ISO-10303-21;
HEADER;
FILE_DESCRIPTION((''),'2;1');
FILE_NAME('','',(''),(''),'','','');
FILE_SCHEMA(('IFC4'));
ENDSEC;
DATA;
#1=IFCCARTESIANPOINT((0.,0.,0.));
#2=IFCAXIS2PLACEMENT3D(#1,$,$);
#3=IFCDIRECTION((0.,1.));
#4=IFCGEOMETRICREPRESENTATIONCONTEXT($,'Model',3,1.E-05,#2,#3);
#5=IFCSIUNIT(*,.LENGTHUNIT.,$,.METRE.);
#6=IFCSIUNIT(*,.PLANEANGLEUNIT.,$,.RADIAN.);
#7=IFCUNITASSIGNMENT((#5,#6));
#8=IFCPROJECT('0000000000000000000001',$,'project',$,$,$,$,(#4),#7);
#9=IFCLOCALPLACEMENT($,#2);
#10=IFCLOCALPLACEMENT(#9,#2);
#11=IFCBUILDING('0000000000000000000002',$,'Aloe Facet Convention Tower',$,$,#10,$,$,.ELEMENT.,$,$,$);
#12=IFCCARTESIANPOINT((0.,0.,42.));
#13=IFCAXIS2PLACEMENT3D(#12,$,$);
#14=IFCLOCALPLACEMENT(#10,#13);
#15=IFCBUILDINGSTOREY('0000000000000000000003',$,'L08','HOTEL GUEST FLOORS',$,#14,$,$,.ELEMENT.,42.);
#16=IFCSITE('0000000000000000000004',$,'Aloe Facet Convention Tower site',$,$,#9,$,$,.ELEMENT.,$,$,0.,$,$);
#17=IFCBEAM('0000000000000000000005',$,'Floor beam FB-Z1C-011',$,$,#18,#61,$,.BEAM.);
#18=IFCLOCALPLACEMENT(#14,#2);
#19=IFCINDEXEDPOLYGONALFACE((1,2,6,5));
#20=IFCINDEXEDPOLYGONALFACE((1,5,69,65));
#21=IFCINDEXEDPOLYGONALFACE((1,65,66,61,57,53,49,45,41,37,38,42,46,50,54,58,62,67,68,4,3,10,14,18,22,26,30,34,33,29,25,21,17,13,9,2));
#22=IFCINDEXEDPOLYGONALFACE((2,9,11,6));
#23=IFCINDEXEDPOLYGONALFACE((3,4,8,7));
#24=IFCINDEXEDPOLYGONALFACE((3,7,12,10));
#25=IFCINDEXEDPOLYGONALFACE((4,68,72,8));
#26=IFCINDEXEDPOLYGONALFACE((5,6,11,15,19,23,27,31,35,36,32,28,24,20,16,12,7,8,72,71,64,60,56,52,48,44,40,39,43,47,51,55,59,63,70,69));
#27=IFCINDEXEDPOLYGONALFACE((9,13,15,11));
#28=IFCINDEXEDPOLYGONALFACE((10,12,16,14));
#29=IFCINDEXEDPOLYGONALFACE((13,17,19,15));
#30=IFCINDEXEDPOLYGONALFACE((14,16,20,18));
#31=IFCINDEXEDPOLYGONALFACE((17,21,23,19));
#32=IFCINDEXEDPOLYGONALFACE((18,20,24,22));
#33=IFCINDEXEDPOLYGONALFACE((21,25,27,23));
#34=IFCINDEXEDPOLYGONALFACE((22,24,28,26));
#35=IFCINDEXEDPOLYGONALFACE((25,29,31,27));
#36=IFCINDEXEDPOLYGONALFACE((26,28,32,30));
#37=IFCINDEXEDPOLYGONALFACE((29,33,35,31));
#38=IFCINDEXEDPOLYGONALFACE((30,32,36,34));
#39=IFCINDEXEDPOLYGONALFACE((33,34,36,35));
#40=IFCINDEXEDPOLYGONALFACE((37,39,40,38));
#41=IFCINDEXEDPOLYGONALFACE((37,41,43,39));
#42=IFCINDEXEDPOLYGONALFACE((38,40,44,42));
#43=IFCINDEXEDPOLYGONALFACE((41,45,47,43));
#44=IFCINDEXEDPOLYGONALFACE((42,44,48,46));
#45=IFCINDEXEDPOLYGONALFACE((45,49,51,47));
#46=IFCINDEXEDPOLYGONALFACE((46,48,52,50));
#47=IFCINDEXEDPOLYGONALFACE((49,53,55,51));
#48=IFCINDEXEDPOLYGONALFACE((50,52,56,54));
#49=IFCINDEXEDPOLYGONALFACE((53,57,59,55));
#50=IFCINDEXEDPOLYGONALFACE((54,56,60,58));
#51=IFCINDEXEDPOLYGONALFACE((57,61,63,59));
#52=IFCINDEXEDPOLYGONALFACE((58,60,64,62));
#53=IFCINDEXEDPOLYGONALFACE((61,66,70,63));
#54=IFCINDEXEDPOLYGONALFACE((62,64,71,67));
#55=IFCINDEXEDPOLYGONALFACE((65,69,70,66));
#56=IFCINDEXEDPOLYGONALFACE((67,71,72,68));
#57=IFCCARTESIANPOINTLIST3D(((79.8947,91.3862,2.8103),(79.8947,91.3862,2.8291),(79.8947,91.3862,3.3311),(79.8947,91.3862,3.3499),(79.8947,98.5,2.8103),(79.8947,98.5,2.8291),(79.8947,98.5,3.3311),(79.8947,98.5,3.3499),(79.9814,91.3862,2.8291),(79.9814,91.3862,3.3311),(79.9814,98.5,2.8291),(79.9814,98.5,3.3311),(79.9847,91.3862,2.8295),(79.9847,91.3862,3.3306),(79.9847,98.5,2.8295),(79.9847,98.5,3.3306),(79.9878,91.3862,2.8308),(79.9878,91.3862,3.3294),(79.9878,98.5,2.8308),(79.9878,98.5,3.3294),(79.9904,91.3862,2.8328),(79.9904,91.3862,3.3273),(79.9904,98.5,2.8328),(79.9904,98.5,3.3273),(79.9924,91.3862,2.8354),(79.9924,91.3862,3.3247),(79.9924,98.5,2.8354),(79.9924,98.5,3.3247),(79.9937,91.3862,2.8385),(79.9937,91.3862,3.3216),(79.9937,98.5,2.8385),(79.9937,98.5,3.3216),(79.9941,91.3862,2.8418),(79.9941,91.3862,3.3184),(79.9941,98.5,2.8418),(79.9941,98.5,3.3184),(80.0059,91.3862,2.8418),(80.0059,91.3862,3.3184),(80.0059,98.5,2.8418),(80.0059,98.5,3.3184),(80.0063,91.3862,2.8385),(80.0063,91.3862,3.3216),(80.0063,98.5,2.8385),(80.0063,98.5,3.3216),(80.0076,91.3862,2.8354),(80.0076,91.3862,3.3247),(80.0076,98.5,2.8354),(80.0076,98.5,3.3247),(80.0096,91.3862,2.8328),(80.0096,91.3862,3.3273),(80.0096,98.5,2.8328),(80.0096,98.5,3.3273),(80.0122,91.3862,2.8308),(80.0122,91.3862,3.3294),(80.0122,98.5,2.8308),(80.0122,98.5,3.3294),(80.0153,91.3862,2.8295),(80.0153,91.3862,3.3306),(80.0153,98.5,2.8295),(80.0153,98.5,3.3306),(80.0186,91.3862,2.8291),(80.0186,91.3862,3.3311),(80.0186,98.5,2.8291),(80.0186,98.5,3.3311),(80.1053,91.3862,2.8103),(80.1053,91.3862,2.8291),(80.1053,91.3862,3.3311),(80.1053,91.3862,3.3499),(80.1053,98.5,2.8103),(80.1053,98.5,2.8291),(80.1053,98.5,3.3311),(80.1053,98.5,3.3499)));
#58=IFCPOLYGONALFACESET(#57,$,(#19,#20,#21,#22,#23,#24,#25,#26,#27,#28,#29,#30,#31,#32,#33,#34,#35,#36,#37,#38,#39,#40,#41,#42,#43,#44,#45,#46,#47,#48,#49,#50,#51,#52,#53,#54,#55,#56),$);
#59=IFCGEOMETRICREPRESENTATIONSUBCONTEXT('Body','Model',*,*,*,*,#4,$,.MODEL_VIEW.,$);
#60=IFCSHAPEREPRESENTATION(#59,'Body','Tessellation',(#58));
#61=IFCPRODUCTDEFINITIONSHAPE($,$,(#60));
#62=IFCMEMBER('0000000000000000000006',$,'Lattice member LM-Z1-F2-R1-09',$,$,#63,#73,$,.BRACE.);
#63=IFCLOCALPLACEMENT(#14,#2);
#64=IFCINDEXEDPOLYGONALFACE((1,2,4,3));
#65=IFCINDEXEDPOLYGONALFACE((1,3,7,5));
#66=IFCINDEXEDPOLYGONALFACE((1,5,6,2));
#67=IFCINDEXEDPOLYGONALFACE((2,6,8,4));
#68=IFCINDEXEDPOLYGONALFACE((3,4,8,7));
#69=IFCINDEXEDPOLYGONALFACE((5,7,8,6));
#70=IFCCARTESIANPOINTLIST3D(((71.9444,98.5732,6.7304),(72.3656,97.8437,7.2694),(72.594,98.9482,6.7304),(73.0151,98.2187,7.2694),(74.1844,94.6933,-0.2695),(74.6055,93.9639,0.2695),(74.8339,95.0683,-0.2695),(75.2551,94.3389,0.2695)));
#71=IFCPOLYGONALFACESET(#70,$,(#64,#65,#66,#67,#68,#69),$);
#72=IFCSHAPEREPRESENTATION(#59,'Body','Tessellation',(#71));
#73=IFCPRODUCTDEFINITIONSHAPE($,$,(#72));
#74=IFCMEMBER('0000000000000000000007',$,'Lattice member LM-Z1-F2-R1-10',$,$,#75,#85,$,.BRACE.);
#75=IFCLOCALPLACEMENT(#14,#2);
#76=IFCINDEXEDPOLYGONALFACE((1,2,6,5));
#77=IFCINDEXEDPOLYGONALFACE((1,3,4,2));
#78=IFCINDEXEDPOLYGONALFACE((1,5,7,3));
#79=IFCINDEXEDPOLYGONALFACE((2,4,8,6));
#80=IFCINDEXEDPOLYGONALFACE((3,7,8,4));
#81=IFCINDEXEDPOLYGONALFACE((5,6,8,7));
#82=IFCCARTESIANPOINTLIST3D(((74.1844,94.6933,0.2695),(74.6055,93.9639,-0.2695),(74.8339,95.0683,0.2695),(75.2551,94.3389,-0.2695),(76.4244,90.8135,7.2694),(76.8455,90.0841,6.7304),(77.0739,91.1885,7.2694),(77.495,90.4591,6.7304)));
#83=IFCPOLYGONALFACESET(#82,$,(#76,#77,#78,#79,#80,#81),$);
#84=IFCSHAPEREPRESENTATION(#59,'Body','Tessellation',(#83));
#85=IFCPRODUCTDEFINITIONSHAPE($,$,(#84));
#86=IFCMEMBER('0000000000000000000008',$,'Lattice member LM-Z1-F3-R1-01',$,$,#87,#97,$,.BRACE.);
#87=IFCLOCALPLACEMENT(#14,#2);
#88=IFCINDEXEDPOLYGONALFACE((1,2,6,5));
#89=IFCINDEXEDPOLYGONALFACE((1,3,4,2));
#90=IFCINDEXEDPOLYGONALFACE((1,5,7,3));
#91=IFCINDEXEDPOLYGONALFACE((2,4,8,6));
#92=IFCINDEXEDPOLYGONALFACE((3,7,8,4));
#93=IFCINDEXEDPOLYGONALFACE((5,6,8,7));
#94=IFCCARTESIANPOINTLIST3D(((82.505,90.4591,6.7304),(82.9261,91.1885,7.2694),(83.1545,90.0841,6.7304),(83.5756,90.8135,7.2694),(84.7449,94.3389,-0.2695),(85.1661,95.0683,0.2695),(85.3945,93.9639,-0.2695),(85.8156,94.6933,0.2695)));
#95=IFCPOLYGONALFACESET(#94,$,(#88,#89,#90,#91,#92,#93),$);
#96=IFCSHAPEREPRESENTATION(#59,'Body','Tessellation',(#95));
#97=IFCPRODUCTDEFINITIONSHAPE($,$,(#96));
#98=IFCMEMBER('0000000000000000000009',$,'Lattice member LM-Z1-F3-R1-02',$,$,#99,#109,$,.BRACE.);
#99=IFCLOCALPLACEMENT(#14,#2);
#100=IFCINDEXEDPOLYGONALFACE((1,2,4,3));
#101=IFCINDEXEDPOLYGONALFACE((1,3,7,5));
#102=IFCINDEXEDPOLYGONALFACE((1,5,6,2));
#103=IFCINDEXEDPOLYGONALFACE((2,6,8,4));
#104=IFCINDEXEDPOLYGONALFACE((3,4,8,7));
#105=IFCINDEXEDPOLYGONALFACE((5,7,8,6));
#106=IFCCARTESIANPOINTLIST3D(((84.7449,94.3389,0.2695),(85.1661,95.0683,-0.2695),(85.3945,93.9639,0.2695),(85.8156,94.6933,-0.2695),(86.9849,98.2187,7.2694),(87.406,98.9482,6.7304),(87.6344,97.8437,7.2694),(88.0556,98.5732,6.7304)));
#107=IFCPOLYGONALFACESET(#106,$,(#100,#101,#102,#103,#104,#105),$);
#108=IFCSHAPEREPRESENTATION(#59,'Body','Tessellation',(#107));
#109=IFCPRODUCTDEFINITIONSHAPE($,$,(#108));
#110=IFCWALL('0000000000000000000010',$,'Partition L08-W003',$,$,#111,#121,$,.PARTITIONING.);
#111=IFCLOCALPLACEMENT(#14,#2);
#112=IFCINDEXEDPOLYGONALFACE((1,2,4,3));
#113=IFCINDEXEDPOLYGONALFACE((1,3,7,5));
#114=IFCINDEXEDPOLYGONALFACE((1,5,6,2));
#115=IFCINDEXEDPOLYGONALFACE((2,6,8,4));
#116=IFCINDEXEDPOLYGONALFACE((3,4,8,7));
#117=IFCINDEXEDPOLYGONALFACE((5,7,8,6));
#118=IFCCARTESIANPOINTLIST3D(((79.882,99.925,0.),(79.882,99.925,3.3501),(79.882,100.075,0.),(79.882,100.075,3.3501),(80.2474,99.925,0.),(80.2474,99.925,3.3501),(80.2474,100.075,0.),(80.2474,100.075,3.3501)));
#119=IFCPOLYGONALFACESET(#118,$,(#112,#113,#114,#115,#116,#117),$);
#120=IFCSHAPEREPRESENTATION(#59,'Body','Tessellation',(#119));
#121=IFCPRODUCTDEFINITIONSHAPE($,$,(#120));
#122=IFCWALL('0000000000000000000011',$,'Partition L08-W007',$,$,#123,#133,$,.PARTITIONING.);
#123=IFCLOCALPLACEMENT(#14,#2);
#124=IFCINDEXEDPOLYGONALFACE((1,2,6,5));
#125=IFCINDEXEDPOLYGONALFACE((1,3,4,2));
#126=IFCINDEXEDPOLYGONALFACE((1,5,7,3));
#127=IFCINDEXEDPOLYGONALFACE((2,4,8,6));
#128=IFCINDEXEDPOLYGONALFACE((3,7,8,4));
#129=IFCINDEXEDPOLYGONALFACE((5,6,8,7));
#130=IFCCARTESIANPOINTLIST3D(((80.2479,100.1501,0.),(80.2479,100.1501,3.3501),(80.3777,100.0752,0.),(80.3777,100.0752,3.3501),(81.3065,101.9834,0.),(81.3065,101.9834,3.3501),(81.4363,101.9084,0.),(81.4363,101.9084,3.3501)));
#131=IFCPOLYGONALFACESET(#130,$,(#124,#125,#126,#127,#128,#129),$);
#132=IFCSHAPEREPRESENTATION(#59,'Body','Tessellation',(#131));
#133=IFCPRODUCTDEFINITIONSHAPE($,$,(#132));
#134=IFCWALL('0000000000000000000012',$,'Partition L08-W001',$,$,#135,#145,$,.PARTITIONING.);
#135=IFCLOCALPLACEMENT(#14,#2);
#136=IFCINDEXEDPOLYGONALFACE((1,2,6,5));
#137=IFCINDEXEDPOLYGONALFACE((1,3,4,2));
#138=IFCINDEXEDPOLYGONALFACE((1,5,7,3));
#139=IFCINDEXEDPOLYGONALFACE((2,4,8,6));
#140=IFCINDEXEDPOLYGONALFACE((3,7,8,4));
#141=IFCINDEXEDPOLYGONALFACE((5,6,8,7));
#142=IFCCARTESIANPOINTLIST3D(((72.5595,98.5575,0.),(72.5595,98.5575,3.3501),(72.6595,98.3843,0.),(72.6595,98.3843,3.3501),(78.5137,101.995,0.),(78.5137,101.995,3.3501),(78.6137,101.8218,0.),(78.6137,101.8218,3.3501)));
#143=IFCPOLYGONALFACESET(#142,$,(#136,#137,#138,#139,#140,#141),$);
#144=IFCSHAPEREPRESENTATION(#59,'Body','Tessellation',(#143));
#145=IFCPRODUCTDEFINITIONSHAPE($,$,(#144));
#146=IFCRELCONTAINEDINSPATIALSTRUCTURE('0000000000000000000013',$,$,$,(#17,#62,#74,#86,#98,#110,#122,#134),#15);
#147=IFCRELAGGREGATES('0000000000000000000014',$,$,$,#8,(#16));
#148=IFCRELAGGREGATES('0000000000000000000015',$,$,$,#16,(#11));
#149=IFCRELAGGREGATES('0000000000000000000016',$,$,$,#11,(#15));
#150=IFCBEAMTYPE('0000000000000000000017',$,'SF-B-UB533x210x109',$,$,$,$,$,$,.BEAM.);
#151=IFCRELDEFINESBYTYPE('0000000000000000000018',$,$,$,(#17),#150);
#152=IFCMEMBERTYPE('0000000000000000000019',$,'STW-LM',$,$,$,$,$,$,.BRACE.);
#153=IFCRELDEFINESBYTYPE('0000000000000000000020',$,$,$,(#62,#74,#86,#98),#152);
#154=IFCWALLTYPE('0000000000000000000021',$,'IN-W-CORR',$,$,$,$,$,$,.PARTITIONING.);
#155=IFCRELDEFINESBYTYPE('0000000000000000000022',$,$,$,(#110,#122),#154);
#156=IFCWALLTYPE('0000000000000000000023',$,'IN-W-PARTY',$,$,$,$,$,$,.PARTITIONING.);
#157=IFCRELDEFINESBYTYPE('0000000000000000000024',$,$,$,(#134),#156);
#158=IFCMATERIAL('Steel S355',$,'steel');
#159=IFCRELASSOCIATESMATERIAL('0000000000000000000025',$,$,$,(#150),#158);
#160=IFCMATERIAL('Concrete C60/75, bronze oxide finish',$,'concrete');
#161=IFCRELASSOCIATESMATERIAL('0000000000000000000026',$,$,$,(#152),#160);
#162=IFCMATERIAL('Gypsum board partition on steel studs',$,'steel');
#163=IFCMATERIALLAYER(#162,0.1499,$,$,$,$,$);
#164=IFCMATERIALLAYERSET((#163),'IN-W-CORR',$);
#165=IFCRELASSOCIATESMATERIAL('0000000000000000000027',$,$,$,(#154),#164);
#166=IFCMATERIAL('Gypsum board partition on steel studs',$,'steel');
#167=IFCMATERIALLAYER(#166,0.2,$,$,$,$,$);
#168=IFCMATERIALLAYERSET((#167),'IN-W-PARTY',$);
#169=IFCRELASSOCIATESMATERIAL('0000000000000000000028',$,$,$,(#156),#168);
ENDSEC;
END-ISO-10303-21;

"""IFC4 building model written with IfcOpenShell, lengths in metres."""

from ifc_helpers import new_model, si_unit, direction, frame, frame_2d, origin, origin_2d, place, context, subcontext, project, spatial, rectangle, i_section, extrude, material, layer, layer_set, material_profile, profile_set, type_object, element, save


model = new_model("IFC4")

# Units and contexts
model_context = context("Model", 3, precision=1e-05, world=origin(), true_north=direction((0.0, 1.0)))
body_context = subcontext(model_context, "Body", "Model", "MODEL_VIEW")
ifc_project = project(units=[si_unit("LENGTHUNIT", "METRE"), si_unit("PLANEANGLEUNIT", "RADIAN")], contexts=[model_context])

# Site, building, storey
site_placement = place(None, origin())
site = spatial("IfcSite", under=ifc_project, at=site_placement, Name="Aloe Facet Convention Tower site", CompositionType="ELEMENT", RefElevation=0.0)
building_placement = place(site_placement, origin())
building = spatial("IfcBuilding", under=site, at=building_placement, Name="Aloe Facet Convention Tower", CompositionType="ELEMENT")
storey_placement = place(building_placement, frame((0.0, 0.0, 42.0)))
storey = spatial("IfcBuildingStorey", under=building, at=storey_placement, Name="L08", Description="HOTEL GUEST FLOORS", CompositionType="ELEMENT", Elevation=42.0)

# Beam
ifc_material_1 = material(Name="Steel S355", Category="steel")
ifc_material_profile_1 = material_profile(ifc_material_1, i_section(OverallWidth=0.2107, OverallDepth=0.5396, WebThickness=0.0117, FlangeThickness=0.0188, FilletRadius=0.0127, at=origin_2d()), Name="UB 533x210x109")
ifc_profile_set_1 = profile_set([ifc_material_profile_1], Name="Steel S355")
beam_type_1 = type_object("IfcBeamType", Name="SF-B-UB533x210x109", PredefinedType="BEAM", material=ifc_profile_set_1)
beam_1_placement = place(storey_placement, frame((80.0, 98.5, 3.0801), z_axis=(0.0, -1.0, 0.0), x_axis=(1.0, 0.0, 0.0)))
element("IfcBeam", 1, at=beam_1_placement, inside=storey, type_object=beam_type_1, Name="Floor beam FB-Z1C-011", PredefinedType="BEAM", context=body_context, shape_type="SweptSolid", body=[
    extrude(i_section(OverallWidth=0.2107, OverallDepth=0.5396, WebThickness=0.0117, FlangeThickness=0.0188, FilletRadius=0.0127, at=origin_2d()), origin(), (0.0, 0.0, 1.0), 7.1138),
])

# Members
ifc_material_2 = material(Name="Concrete C60/75, bronze oxide finish", Category="concrete")
ifc_material_profile_2 = material_profile(ifc_material_2, rectangle(XDim=0.75, YDim=1.0, at=origin_2d()), Name="STW-LM")
ifc_profile_set_2 = profile_set([ifc_material_profile_2], Name="Concrete C60/75, bronze oxide finish")
member_type = type_object("IfcMemberType", Name="STW-LM", PredefinedType="BRACE", material=ifc_profile_set_2)
for number, where, z_axis, x_axis, name in (
    (2, (74.7197, 94.5161, 0.0), (-0.269524, 0.466843, 0.842267), (-0.866031, -0.49999, 0.0), "Lattice member LM-Z1-F2-R1-09"),
    (3, (74.7197, 94.5161, 0.0), (0.269524, -0.466843, 0.842267), (0.866031, 0.49999, 0.0), "Lattice member LM-Z1-F2-R1-10"),
    (4, (85.2803, 94.5161, 0.0), (-0.269524, -0.466843, 0.842267), (0.866031, -0.49999, 0.0), "Lattice member LM-Z1-F3-R1-01"),
    (5, (85.2803, 94.5161, 0.0), (0.269524, 0.466843, 0.842267), (-0.866031, 0.49999, 0.0), "Lattice member LM-Z1-F3-R1-02"),
):
    element("IfcMember", number, at=place(storey_placement, frame(where, z_axis=z_axis, x_axis=x_axis)), inside=storey, type_object=member_type, Name=name, PredefinedType="BRACE", context=body_context, shape_type="SweptSolid", body=[
        extrude(rectangle(XDim=0.75, YDim=1.0, at=origin_2d()), origin(), (0.0, 0.0, 1.0), 8.3108),
    ])

# Walls
ifc_material_3 = material(Name="Gypsum board partition on steel studs", Category="steel")
ifc_layer_1 = layer(ifc_material_3, 0.1499)
ifc_layer_set_1 = layer_set([ifc_layer_1], Name="IN-W-CORR")
wall_type_1 = type_object("IfcWallType", Name="IN-W-CORR", PredefinedType="PARTITIONING", material=ifc_layer_set_1)
wall_1_placement = place(storey_placement, frame((79.8821, 100.0, 0.0), z_axis=(0.0, 0.0, 1.0), x_axis=(1.0, 0.0, 0.0)))
element("IfcWall", 6, at=wall_1_placement, inside=storey, type_object=wall_type_1, Name="Partition L08-W003", PredefinedType="PARTITIONING", context=body_context, shape_type="SweptSolid", body=[
    extrude(rectangle(XDim=0.3655, YDim=0.1499, at=frame_2d((0.1826, 0.0))), origin(), (0.0, 0.0, 1.0), 3.3501),
])
wall_2_placement = place(storey_placement, frame((80.3127, 100.1125, 0.0), z_axis=(0.0, 0.0, 1.0), x_axis=(0.500059, 0.865992, 0.0)))
element("IfcWall", 7, at=wall_2_placement, inside=storey, type_object=wall_type_1, Name="Partition L08-W007", PredefinedType="PARTITIONING", context=body_context, shape_type="SweptSolid", body=[
    extrude(rectangle(XDim=2.1169, YDim=0.1499, at=frame_2d((1.0586, 0.0))), origin(), (0.0, 0.0, 1.0), 3.3501),
])
ifc_material_4 = material(Name="Gypsum board partition on steel studs", Category="steel")
ifc_layer_2 = layer(ifc_material_4, 0.2)
ifc_layer_set_2 = layer_set([ifc_layer_2], Name="IN-W-PARTY")
wall_type_2 = type_object("IfcWallType", Name="IN-W-PARTY", PredefinedType="PARTITIONING", material=ifc_layer_set_2)
wall_3_placement = place(storey_placement, frame((72.6096, 98.4709, 0.0), z_axis=(0.0, 0.0, 1.0), x_axis=(0.866032, 0.499989, 0.0)))
element("IfcWall", 8, at=wall_3_placement, inside=storey, type_object=wall_type_2, Name="Partition L08-W001", PredefinedType="PARTITIONING", context=body_context, shape_type="SweptSolid", body=[
    extrude(rectangle(XDim=6.8752, YDim=0.2, at=frame_2d((3.4375, 0.0))), origin(), (0.0, 0.0, 1.0), 3.3501),
])

save(model, "model.ifc")
